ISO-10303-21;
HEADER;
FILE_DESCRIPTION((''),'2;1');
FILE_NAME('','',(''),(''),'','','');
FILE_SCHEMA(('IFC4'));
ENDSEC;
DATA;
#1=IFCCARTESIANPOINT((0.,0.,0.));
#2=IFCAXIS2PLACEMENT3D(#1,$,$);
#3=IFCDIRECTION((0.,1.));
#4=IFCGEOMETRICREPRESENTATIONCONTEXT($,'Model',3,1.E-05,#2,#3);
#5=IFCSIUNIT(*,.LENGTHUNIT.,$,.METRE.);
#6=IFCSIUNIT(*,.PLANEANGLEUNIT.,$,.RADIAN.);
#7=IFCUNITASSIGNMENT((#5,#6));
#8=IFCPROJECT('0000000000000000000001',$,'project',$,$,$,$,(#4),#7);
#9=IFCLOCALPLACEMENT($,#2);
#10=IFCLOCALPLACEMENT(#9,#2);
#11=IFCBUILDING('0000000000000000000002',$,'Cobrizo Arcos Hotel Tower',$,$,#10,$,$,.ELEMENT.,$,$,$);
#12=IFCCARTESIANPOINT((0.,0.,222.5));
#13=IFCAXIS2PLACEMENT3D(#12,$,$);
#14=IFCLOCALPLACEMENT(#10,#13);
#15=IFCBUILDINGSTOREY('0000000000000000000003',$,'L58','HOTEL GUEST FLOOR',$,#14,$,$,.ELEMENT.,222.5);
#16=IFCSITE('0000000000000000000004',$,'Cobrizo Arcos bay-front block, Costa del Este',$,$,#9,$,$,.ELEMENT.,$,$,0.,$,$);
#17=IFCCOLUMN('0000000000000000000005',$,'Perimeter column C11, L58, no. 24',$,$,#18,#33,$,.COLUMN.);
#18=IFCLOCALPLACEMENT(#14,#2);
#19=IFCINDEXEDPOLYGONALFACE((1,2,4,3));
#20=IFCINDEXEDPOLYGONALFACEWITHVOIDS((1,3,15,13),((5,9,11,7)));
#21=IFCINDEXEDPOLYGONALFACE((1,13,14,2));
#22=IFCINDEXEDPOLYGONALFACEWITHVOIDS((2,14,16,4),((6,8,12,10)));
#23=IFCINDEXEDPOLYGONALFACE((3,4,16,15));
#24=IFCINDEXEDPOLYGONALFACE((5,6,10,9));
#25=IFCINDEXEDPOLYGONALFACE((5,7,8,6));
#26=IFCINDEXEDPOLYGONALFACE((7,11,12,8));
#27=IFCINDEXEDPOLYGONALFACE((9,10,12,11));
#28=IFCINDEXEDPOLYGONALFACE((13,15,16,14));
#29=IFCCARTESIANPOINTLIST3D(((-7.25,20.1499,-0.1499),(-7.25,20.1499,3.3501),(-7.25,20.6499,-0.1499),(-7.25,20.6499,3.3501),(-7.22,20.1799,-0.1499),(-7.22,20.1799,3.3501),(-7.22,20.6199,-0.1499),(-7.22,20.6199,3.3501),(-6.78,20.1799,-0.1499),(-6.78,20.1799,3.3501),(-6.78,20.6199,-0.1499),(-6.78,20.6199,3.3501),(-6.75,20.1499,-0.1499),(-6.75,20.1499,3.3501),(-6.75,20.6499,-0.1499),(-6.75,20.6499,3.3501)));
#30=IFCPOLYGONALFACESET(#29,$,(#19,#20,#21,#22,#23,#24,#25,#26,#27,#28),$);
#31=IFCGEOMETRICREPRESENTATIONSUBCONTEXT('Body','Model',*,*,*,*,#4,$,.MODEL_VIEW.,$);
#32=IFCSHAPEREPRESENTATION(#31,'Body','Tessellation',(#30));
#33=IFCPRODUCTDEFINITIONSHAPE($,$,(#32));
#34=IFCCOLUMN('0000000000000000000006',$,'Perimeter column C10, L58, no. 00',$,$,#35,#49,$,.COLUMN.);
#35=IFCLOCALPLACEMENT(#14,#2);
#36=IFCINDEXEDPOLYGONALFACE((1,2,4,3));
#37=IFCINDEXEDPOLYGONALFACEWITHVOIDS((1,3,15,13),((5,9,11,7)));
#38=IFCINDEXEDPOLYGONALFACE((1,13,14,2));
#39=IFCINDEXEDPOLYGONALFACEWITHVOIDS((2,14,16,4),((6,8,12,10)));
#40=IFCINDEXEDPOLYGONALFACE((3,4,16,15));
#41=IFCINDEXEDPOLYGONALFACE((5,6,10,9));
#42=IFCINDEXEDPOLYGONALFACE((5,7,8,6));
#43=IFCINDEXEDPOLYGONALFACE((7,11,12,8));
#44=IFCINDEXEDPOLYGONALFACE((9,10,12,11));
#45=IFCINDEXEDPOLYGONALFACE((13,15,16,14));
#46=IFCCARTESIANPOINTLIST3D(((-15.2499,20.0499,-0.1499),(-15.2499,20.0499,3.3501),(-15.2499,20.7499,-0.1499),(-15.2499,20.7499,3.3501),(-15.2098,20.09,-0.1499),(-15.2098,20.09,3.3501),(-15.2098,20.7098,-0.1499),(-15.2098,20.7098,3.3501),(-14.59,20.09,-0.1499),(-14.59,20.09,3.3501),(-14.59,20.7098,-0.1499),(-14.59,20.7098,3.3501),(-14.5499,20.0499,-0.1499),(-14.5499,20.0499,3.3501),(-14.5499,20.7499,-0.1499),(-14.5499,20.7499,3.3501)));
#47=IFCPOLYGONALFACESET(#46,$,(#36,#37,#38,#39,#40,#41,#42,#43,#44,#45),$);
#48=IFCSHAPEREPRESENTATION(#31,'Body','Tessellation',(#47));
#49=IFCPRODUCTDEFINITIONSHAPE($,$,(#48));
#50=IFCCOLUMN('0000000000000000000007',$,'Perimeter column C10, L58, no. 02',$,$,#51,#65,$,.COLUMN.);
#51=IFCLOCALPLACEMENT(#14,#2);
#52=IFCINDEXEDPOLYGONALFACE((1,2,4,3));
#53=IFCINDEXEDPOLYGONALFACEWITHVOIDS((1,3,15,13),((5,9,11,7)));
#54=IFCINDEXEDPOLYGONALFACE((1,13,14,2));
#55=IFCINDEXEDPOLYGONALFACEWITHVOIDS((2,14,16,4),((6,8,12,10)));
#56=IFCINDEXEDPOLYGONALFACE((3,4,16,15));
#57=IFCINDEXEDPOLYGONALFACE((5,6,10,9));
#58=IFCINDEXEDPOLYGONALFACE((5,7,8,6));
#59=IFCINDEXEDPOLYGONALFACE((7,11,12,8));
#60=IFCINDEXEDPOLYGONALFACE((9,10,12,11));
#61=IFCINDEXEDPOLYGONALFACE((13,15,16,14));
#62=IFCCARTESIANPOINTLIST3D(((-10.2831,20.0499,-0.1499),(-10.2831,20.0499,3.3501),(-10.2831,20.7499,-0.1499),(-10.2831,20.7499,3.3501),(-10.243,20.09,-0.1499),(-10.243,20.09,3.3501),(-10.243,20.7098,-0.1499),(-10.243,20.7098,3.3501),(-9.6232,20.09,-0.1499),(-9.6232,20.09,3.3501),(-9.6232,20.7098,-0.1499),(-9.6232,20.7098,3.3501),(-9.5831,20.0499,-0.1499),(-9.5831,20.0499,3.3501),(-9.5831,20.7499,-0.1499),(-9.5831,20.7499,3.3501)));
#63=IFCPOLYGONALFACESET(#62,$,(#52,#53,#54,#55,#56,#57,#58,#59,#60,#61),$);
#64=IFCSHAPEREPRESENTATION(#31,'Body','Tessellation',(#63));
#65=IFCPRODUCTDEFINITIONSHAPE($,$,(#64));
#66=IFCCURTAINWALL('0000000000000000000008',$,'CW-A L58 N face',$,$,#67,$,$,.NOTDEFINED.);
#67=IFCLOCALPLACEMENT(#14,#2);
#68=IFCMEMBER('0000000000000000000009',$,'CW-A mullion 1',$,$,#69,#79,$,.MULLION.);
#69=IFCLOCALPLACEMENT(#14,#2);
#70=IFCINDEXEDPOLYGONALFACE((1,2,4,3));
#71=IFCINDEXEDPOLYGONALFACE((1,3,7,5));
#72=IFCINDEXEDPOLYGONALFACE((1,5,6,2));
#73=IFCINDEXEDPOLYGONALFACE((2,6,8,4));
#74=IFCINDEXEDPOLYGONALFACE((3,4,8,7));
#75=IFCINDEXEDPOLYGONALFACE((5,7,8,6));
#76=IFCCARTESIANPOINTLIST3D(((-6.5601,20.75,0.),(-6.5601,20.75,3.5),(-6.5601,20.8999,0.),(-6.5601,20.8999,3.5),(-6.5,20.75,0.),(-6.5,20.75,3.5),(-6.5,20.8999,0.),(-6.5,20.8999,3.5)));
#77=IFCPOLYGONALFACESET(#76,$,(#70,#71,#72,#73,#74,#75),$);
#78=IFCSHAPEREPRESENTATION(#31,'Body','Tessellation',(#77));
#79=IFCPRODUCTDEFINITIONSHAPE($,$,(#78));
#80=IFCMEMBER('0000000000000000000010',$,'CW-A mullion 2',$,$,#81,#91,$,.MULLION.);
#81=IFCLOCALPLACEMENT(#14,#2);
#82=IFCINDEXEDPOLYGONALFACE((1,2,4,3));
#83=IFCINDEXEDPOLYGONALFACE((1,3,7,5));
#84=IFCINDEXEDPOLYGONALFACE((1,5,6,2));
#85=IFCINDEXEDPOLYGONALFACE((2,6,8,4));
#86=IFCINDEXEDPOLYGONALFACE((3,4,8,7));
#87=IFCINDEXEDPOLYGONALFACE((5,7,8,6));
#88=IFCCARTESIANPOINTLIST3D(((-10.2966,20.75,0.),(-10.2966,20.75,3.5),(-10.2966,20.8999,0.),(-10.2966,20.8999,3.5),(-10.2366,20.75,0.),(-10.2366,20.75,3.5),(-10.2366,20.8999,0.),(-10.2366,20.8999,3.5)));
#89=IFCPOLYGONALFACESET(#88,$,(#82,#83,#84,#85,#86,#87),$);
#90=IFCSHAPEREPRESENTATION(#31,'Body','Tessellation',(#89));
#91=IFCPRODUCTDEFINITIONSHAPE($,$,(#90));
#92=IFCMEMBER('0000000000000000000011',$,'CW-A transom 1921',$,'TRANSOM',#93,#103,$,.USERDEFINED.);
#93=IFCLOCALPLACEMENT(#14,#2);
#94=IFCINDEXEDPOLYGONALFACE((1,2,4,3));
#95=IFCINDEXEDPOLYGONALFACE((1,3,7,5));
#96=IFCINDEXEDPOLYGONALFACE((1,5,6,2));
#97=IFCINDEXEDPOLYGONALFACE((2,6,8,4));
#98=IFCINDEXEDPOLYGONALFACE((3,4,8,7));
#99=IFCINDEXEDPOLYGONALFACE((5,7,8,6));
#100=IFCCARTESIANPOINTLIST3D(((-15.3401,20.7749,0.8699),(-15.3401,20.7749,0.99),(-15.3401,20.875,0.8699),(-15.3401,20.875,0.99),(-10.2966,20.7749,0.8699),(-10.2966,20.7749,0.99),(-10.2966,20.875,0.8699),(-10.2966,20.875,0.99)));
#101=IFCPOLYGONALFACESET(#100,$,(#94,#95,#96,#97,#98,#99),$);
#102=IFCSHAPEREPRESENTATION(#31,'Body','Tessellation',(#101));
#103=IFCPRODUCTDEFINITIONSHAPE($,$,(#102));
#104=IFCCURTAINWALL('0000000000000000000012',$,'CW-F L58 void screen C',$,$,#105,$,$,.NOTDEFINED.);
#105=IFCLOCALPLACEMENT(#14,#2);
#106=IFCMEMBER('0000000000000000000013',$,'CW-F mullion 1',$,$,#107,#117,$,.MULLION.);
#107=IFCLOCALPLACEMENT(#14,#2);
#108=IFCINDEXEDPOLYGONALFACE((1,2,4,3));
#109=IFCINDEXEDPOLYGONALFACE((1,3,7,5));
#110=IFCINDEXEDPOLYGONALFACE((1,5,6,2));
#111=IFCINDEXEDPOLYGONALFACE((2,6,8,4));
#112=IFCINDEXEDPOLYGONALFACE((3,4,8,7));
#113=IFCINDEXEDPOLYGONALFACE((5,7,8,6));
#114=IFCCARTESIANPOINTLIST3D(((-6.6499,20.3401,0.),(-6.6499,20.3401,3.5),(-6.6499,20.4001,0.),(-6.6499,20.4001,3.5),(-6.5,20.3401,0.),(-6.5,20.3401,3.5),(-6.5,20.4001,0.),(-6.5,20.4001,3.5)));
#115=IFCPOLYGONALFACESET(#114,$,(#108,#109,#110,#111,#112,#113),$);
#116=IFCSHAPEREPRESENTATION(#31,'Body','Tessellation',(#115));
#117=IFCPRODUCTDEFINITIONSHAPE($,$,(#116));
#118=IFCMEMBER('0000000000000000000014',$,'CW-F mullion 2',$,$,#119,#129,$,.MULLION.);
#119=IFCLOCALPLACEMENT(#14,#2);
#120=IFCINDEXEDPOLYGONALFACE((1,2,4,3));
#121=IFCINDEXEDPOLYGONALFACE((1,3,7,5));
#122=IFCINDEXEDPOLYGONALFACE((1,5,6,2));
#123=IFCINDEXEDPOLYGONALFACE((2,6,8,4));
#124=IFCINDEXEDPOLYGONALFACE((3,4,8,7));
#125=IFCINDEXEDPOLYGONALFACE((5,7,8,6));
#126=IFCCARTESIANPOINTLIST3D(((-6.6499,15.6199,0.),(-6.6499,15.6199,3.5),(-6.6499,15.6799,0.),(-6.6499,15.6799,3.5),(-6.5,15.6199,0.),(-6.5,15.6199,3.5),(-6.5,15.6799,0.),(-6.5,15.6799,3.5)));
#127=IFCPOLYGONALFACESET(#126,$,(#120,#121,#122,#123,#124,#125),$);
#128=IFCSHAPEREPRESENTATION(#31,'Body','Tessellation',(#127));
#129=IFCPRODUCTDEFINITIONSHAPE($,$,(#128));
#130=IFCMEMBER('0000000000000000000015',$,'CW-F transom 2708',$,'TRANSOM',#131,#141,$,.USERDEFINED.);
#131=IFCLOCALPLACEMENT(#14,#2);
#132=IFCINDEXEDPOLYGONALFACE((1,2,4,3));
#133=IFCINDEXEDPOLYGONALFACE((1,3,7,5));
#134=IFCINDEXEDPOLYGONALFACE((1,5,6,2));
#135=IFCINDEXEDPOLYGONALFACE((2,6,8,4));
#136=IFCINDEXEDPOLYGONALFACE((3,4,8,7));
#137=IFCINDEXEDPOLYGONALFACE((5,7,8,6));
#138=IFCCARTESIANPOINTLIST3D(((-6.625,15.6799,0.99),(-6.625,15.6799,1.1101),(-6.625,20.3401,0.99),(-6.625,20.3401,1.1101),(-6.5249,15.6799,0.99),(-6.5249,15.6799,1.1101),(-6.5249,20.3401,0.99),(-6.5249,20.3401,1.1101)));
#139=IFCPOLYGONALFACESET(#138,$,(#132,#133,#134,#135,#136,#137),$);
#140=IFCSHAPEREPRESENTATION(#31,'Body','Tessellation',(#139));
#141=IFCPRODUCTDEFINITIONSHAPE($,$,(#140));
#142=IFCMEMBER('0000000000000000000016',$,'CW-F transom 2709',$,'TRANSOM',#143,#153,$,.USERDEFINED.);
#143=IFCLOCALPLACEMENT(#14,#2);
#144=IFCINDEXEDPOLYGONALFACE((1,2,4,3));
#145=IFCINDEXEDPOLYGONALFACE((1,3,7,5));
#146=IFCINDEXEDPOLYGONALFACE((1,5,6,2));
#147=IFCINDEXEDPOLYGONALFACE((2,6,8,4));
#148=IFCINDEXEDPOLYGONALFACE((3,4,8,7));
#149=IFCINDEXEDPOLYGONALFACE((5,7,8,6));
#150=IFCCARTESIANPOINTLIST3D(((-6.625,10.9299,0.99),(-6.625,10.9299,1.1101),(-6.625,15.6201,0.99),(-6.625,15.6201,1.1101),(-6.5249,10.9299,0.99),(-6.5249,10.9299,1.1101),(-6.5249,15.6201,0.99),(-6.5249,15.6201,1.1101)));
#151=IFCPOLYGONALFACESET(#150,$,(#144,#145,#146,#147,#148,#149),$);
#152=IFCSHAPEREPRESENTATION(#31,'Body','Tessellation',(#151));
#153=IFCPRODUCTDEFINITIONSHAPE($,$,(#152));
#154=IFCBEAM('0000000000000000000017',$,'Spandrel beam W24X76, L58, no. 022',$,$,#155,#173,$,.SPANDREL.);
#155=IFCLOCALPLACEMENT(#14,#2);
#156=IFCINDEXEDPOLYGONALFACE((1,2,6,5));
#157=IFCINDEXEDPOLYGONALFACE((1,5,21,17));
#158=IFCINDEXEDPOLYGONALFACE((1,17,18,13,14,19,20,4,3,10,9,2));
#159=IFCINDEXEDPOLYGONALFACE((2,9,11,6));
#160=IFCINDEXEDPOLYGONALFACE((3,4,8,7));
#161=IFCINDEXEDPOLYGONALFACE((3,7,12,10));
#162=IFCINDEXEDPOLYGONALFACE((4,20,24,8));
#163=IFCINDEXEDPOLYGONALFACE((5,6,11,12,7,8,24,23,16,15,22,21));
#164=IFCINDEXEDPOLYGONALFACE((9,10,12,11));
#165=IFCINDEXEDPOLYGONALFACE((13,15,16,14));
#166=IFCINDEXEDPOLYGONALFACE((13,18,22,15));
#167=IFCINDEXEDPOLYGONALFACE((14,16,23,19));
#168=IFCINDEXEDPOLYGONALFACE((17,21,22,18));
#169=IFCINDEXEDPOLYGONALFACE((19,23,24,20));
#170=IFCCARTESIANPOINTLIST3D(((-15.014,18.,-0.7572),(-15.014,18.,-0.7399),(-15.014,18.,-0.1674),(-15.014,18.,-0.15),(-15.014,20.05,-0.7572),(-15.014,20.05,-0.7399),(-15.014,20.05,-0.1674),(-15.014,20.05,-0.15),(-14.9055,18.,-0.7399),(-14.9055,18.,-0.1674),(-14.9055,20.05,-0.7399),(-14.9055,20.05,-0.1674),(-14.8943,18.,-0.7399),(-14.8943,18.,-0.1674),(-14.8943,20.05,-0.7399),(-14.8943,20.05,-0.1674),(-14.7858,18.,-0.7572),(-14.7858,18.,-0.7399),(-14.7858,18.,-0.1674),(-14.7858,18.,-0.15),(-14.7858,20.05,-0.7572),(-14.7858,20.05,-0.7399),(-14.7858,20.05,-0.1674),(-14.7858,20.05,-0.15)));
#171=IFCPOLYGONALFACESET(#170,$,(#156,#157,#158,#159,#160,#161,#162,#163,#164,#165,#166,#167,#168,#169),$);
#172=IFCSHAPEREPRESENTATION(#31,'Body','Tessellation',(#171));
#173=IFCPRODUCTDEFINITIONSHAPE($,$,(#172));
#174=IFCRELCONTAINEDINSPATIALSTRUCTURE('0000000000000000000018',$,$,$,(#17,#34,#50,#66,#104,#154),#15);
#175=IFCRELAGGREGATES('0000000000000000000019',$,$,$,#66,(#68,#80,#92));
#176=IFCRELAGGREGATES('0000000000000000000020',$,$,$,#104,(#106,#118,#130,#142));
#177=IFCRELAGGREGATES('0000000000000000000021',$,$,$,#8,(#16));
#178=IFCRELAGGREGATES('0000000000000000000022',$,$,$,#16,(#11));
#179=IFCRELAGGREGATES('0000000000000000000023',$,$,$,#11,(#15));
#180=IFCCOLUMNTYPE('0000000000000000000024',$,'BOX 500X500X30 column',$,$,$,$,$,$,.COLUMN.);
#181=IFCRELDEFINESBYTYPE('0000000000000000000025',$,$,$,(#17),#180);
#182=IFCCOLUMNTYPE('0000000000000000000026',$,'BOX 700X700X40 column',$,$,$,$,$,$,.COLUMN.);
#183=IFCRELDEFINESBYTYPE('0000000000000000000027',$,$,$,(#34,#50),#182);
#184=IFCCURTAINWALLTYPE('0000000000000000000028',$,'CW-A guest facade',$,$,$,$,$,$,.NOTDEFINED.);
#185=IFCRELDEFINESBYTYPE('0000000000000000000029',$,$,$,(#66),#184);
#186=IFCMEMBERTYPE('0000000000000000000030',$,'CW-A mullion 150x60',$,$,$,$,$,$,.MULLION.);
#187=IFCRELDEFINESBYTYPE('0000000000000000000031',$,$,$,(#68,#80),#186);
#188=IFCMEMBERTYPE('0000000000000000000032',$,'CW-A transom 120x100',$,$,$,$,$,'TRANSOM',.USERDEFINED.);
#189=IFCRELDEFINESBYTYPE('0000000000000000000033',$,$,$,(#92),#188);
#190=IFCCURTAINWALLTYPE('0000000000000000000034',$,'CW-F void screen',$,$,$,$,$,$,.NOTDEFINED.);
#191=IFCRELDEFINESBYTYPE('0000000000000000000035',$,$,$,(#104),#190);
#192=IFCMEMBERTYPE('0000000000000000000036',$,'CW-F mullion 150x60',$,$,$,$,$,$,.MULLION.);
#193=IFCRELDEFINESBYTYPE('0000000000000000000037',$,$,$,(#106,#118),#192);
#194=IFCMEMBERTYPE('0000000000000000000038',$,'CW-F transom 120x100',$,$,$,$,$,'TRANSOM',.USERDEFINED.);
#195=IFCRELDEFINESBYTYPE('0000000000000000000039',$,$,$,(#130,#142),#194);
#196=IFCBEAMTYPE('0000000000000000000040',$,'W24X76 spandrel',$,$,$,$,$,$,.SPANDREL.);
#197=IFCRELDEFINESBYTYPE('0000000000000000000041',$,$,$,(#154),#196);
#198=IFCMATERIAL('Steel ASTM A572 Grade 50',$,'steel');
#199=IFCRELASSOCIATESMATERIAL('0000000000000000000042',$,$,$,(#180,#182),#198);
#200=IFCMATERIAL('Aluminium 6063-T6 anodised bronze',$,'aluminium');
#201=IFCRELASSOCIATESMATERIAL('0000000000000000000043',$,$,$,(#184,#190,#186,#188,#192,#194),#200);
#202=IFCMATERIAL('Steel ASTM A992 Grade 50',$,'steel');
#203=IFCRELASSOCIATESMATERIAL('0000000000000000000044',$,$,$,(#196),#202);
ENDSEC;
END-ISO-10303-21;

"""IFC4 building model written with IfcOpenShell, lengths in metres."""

from ifc_helpers import new_model, si_unit, direction, frame, origin, origin_2d, place, context, subcontext, project, spatial, rectangle, hollow_rectangle, i_section, extrude, material, material_profile, profile_set, type_object, element, aggregate, save


model = new_model("IFC4")

# Units and contexts
model_context = context("Model", 3, precision=1e-05, world=origin(), true_north=direction((0.0, 1.0)))
body_context = subcontext(model_context, "Body", "Model", "MODEL_VIEW")
ifc_project = project(units=[si_unit("LENGTHUNIT", "METRE"), si_unit("PLANEANGLEUNIT", "RADIAN")], contexts=[model_context])

# Site, building, storey
site_placement = place(None, origin())
site = spatial("IfcSite", under=ifc_project, at=site_placement, Name="Cobrizo Arcos bay-front block, Costa del Este", CompositionType="ELEMENT", RefElevation=0.0)
building_placement = place(site_placement, origin())
building = spatial("IfcBuilding", under=site, at=building_placement, Name="Cobrizo Arcos Hotel Tower", CompositionType="ELEMENT")
storey_placement = place(building_placement, frame((0.0, 0.0, 222.5)))
storey = spatial("IfcBuildingStorey", under=building, at=storey_placement, Name="L58", Description="HOTEL GUEST FLOOR", CompositionType="ELEMENT", Elevation=222.5)

# Columns
ifc_material_1 = material(Name="Steel ASTM A572 Grade 50", Category="steel")
ifc_material_profile_1 = material_profile(ifc_material_1, hollow_rectangle(XDim=0.5, YDim=0.5, WallThickness=0.03, at=origin_2d()), Name="BOX 500X500X30")
ifc_profile_set_1 = profile_set([ifc_material_profile_1], Name="Steel ASTM A572 Grade 50")
column_type_1 = type_object("IfcColumnType", Name="BOX 500X500X30 column", PredefinedType="COLUMN", material=ifc_profile_set_1)
column_placement = place(storey_placement, frame((-7.0, 20.3999, -0.1499), z_axis=(0.0, 0.0, 1.0), x_axis=(1.0, 0.0, 0.0)))
element("IfcColumn", 1, at=column_placement, inside=storey, type_object=column_type_1, Name="Perimeter column C11, L58, no. 24", PredefinedType="COLUMN", context=body_context, shape_type="SweptSolid", body=[
    extrude(hollow_rectangle(XDim=0.5, YDim=0.5, WallThickness=0.03, at=origin_2d()), origin(), (0.0, 0.0, 1.0), 3.5),
])
ifc_material_profile_2 = material_profile(ifc_material_1, hollow_rectangle(XDim=0.7, YDim=0.7, WallThickness=0.04, at=origin_2d()), Name="BOX 700X700X40")
ifc_profile_set_2 = profile_set([ifc_material_profile_2], Name="Steel ASTM A572 Grade 50")
column_type_2 = type_object("IfcColumnType", Name="BOX 700X700X40 column", PredefinedType="COLUMN", material=ifc_profile_set_2)
for number, where, z_axis, x_axis, name in (
    (2, (-14.8999, 20.3999, -0.1499), (0.0, 0.0, 1.0), (1.0, 0.0, 0.0), "Perimeter column C10, L58, no. 00"),
    (3, (-9.9331, 20.3999, -0.1499), (0.0, 0.0, 1.0), (1.0, 0.0, 0.0), "Perimeter column C10, L58, no. 02"),
):
    element("IfcColumn", number, at=place(storey_placement, frame(where, z_axis=z_axis, x_axis=x_axis)), inside=storey, type_object=column_type_2, Name=name, PredefinedType="COLUMN", context=body_context, shape_type="SweptSolid", body=[
        extrude(hollow_rectangle(XDim=0.7, YDim=0.7, WallThickness=0.04, at=origin_2d()), origin(), (0.0, 0.0, 1.0), 3.5),
    ])

# Curtain walls, members
ifc_material_2 = material(Name="Aluminium 6063-T6 anodised bronze", Category="aluminium")
curtain_wall_type_1 = type_object("IfcCurtainWallType", Name="CW-A guest facade", PredefinedType="NOTDEFINED", material=ifc_material_2)
curtain_wall_1_placement = place(storey_placement, origin())
curtain_wall_1 = element("IfcCurtainWall", 4, at=curtain_wall_1_placement, inside=storey, type_object=curtain_wall_type_1, Name="CW-A L58 N face", PredefinedType="NOTDEFINED")
ifc_material_profile_3 = material_profile(ifc_material_2, rectangle(XDim=0.1499, YDim=0.0601, at=origin_2d()), Name="CW-A mullion 150x60")
ifc_profile_set_3 = profile_set([ifc_material_profile_3], Name="Aluminium 6063-T6 anodised bronze")
member_type_1 = type_object("IfcMemberType", Name="CW-A mullion 150x60", PredefinedType="MULLION", material=ifc_profile_set_3)
member_1_placement = place(storey_placement, frame((-6.53, 20.825, 0.0), z_axis=(0.0, 0.0, 1.0), x_axis=(0.0, 1.0, 0.0)))
member_1 = element("IfcMember", 5, at=member_1_placement, type_object=member_type_1, Name="CW-A mullion 1", PredefinedType="MULLION", context=body_context, shape_type="SweptSolid", body=[
    extrude(rectangle(XDim=0.1499, YDim=0.0601, at=origin_2d()), origin(), (0.0, 0.0, 1.0), 3.5),
])
member_2_placement = place(storey_placement, frame((-10.2666, 20.825, 0.0), z_axis=(0.0, 0.0, 1.0), x_axis=(0.0, 1.0, 0.0)))
member_2 = element("IfcMember", 6, at=member_2_placement, type_object=member_type_1, Name="CW-A mullion 2", PredefinedType="MULLION", context=body_context, shape_type="SweptSolid", body=[
    extrude(rectangle(XDim=0.1499, YDim=0.0601, at=origin_2d()), origin(), (0.0, 0.0, 1.0), 3.5),
])
ifc_material_profile_4 = material_profile(ifc_material_2, rectangle(XDim=0.1001, YDim=0.1201, at=origin_2d()), Name="CW-A transom 120x100")
ifc_profile_set_4 = profile_set([ifc_material_profile_4], Name="Aluminium 6063-T6 anodised bronze")
member_type_2 = type_object("IfcMemberType", Name="CW-A transom 120x100", ElementType="TRANSOM", PredefinedType="USERDEFINED", material=ifc_profile_set_4)
member_3_placement = place(storey_placement, frame((-10.2966, 20.825, 0.9299), z_axis=(-1.0, 0.0, 0.0), x_axis=(0.0, -1.0, 0.0)))
member_3 = element("IfcMember", 7, at=member_3_placement, type_object=member_type_2, Name="CW-A transom 1921", ObjectType="TRANSOM", PredefinedType="USERDEFINED", context=body_context, shape_type="SweptSolid", body=[
    extrude(rectangle(XDim=0.1001, YDim=0.1201, at=origin_2d()), origin(), (0.0, 0.0, 1.0), 5.0435),
])
curtain_wall_type_2 = type_object("IfcCurtainWallType", Name="CW-F void screen", PredefinedType="NOTDEFINED", material=ifc_material_2)
curtain_wall_2_placement = place(storey_placement, origin())
curtain_wall_2 = element("IfcCurtainWall", 8, at=curtain_wall_2_placement, inside=storey, type_object=curtain_wall_type_2, Name="CW-F L58 void screen C", PredefinedType="NOTDEFINED")
ifc_material_profile_5 = material_profile(ifc_material_2, rectangle(XDim=0.1499, YDim=0.0601, at=origin_2d()), Name="CW-F mullion 150x60")
ifc_profile_set_5 = profile_set([ifc_material_profile_5], Name="Aluminium 6063-T6 anodised bronze")
member_type_3 = type_object("IfcMemberType", Name="CW-F mullion 150x60", PredefinedType="MULLION", material=ifc_profile_set_5)
member_4_placement = place(storey_placement, frame((-6.575, 20.3701, 0.0), z_axis=(0.0, 0.0, 1.0), x_axis=(-1.0, 0.0, 0.0)))
member_4 = element("IfcMember", 9, at=member_4_placement, type_object=member_type_3, Name="CW-F mullion 1", PredefinedType="MULLION", context=body_context, shape_type="SweptSolid", body=[
    extrude(rectangle(XDim=0.1499, YDim=0.0601, at=origin_2d()), origin(), (0.0, 0.0, 1.0), 3.5),
])
member_5_placement = place(storey_placement, frame((-6.575, 15.6499, 0.0), z_axis=(0.0, 0.0, 1.0), x_axis=(-1.0, 0.0, 0.0)))
member_5 = element("IfcMember", 10, at=member_5_placement, type_object=member_type_3, Name="CW-F mullion 2", PredefinedType="MULLION", context=body_context, shape_type="SweptSolid", body=[
    extrude(rectangle(XDim=0.1499, YDim=0.0601, at=origin_2d()), origin(), (0.0, 0.0, 1.0), 3.5),
])
ifc_material_profile_6 = material_profile(ifc_material_2, rectangle(XDim=0.1001, YDim=0.1201, at=origin_2d()), Name="CW-F transom 120x100")
ifc_profile_set_6 = profile_set([ifc_material_profile_6], Name="Aluminium 6063-T6 anodised bronze")
member_type_4 = type_object("IfcMemberType", Name="CW-F transom 120x100", ElementType="TRANSOM", PredefinedType="USERDEFINED", material=ifc_profile_set_6)
member_6_placement = place(storey_placement, frame((-6.575, 20.3401, 1.05), z_axis=(0.0, -1.0, 0.0), x_axis=(1.0, 0.0, 0.0)))
member_6 = element("IfcMember", 11, at=member_6_placement, type_object=member_type_4, Name="CW-F transom 2708", ObjectType="TRANSOM", PredefinedType="USERDEFINED", context=body_context, shape_type="SweptSolid", body=[
    extrude(rectangle(XDim=0.1001, YDim=0.1201, at=origin_2d()), origin(), (0.0, 0.0, 1.0), 4.6602),
])
member_7_placement = place(storey_placement, frame((-6.575, 15.6201, 1.05), z_axis=(0.0, -1.0, 0.0), x_axis=(1.0, 0.0, 0.0)))
member_7 = element("IfcMember", 12, at=member_7_placement, type_object=member_type_4, Name="CW-F transom 2709", ObjectType="TRANSOM", PredefinedType="USERDEFINED", context=body_context, shape_type="SweptSolid", body=[
    extrude(rectangle(XDim=0.1001, YDim=0.1201, at=origin_2d()), origin(), (0.0, 0.0, 1.0), 4.6902),
])

# Beam
ifc_material_3 = material(Name="Steel ASTM A992 Grade 50", Category="steel")
ifc_material_profile_7 = material_profile(ifc_material_3, i_section(OverallWidth=0.2283, OverallDepth=0.6072, WebThickness=0.0112, FlangeThickness=0.0173, at=origin_2d()), Name="W24X76")
ifc_profile_set_7 = profile_set([ifc_material_profile_7], Name="Steel ASTM A992 Grade 50")
beam_type = type_object("IfcBeamType", Name="W24X76 spandrel", PredefinedType="SPANDREL", material=ifc_profile_set_7)
beam_1_placement = place(storey_placement, frame((-14.8999, 18.0, -0.4536), z_axis=(0.0, 1.0, 0.0), x_axis=(-1.0, 0.0, 0.0)))
element("IfcBeam", 13, at=beam_1_placement, inside=storey, type_object=beam_type, Name="Spandrel beam W24X76, L58, no. 022", PredefinedType="SPANDREL", context=body_context, shape_type="SweptSolid", body=[
    extrude(i_section(OverallWidth=0.2283, OverallDepth=0.6072, WebThickness=0.0112, FlangeThickness=0.0173, at=origin_2d()), origin(), (0.0, 0.0, 1.0), 2.05),
])

aggregate(curtain_wall_1, [member_1, member_2, member_3])
aggregate(curtain_wall_2, [member_4, member_5, member_6, member_7])

save(model, "model.ifc")
